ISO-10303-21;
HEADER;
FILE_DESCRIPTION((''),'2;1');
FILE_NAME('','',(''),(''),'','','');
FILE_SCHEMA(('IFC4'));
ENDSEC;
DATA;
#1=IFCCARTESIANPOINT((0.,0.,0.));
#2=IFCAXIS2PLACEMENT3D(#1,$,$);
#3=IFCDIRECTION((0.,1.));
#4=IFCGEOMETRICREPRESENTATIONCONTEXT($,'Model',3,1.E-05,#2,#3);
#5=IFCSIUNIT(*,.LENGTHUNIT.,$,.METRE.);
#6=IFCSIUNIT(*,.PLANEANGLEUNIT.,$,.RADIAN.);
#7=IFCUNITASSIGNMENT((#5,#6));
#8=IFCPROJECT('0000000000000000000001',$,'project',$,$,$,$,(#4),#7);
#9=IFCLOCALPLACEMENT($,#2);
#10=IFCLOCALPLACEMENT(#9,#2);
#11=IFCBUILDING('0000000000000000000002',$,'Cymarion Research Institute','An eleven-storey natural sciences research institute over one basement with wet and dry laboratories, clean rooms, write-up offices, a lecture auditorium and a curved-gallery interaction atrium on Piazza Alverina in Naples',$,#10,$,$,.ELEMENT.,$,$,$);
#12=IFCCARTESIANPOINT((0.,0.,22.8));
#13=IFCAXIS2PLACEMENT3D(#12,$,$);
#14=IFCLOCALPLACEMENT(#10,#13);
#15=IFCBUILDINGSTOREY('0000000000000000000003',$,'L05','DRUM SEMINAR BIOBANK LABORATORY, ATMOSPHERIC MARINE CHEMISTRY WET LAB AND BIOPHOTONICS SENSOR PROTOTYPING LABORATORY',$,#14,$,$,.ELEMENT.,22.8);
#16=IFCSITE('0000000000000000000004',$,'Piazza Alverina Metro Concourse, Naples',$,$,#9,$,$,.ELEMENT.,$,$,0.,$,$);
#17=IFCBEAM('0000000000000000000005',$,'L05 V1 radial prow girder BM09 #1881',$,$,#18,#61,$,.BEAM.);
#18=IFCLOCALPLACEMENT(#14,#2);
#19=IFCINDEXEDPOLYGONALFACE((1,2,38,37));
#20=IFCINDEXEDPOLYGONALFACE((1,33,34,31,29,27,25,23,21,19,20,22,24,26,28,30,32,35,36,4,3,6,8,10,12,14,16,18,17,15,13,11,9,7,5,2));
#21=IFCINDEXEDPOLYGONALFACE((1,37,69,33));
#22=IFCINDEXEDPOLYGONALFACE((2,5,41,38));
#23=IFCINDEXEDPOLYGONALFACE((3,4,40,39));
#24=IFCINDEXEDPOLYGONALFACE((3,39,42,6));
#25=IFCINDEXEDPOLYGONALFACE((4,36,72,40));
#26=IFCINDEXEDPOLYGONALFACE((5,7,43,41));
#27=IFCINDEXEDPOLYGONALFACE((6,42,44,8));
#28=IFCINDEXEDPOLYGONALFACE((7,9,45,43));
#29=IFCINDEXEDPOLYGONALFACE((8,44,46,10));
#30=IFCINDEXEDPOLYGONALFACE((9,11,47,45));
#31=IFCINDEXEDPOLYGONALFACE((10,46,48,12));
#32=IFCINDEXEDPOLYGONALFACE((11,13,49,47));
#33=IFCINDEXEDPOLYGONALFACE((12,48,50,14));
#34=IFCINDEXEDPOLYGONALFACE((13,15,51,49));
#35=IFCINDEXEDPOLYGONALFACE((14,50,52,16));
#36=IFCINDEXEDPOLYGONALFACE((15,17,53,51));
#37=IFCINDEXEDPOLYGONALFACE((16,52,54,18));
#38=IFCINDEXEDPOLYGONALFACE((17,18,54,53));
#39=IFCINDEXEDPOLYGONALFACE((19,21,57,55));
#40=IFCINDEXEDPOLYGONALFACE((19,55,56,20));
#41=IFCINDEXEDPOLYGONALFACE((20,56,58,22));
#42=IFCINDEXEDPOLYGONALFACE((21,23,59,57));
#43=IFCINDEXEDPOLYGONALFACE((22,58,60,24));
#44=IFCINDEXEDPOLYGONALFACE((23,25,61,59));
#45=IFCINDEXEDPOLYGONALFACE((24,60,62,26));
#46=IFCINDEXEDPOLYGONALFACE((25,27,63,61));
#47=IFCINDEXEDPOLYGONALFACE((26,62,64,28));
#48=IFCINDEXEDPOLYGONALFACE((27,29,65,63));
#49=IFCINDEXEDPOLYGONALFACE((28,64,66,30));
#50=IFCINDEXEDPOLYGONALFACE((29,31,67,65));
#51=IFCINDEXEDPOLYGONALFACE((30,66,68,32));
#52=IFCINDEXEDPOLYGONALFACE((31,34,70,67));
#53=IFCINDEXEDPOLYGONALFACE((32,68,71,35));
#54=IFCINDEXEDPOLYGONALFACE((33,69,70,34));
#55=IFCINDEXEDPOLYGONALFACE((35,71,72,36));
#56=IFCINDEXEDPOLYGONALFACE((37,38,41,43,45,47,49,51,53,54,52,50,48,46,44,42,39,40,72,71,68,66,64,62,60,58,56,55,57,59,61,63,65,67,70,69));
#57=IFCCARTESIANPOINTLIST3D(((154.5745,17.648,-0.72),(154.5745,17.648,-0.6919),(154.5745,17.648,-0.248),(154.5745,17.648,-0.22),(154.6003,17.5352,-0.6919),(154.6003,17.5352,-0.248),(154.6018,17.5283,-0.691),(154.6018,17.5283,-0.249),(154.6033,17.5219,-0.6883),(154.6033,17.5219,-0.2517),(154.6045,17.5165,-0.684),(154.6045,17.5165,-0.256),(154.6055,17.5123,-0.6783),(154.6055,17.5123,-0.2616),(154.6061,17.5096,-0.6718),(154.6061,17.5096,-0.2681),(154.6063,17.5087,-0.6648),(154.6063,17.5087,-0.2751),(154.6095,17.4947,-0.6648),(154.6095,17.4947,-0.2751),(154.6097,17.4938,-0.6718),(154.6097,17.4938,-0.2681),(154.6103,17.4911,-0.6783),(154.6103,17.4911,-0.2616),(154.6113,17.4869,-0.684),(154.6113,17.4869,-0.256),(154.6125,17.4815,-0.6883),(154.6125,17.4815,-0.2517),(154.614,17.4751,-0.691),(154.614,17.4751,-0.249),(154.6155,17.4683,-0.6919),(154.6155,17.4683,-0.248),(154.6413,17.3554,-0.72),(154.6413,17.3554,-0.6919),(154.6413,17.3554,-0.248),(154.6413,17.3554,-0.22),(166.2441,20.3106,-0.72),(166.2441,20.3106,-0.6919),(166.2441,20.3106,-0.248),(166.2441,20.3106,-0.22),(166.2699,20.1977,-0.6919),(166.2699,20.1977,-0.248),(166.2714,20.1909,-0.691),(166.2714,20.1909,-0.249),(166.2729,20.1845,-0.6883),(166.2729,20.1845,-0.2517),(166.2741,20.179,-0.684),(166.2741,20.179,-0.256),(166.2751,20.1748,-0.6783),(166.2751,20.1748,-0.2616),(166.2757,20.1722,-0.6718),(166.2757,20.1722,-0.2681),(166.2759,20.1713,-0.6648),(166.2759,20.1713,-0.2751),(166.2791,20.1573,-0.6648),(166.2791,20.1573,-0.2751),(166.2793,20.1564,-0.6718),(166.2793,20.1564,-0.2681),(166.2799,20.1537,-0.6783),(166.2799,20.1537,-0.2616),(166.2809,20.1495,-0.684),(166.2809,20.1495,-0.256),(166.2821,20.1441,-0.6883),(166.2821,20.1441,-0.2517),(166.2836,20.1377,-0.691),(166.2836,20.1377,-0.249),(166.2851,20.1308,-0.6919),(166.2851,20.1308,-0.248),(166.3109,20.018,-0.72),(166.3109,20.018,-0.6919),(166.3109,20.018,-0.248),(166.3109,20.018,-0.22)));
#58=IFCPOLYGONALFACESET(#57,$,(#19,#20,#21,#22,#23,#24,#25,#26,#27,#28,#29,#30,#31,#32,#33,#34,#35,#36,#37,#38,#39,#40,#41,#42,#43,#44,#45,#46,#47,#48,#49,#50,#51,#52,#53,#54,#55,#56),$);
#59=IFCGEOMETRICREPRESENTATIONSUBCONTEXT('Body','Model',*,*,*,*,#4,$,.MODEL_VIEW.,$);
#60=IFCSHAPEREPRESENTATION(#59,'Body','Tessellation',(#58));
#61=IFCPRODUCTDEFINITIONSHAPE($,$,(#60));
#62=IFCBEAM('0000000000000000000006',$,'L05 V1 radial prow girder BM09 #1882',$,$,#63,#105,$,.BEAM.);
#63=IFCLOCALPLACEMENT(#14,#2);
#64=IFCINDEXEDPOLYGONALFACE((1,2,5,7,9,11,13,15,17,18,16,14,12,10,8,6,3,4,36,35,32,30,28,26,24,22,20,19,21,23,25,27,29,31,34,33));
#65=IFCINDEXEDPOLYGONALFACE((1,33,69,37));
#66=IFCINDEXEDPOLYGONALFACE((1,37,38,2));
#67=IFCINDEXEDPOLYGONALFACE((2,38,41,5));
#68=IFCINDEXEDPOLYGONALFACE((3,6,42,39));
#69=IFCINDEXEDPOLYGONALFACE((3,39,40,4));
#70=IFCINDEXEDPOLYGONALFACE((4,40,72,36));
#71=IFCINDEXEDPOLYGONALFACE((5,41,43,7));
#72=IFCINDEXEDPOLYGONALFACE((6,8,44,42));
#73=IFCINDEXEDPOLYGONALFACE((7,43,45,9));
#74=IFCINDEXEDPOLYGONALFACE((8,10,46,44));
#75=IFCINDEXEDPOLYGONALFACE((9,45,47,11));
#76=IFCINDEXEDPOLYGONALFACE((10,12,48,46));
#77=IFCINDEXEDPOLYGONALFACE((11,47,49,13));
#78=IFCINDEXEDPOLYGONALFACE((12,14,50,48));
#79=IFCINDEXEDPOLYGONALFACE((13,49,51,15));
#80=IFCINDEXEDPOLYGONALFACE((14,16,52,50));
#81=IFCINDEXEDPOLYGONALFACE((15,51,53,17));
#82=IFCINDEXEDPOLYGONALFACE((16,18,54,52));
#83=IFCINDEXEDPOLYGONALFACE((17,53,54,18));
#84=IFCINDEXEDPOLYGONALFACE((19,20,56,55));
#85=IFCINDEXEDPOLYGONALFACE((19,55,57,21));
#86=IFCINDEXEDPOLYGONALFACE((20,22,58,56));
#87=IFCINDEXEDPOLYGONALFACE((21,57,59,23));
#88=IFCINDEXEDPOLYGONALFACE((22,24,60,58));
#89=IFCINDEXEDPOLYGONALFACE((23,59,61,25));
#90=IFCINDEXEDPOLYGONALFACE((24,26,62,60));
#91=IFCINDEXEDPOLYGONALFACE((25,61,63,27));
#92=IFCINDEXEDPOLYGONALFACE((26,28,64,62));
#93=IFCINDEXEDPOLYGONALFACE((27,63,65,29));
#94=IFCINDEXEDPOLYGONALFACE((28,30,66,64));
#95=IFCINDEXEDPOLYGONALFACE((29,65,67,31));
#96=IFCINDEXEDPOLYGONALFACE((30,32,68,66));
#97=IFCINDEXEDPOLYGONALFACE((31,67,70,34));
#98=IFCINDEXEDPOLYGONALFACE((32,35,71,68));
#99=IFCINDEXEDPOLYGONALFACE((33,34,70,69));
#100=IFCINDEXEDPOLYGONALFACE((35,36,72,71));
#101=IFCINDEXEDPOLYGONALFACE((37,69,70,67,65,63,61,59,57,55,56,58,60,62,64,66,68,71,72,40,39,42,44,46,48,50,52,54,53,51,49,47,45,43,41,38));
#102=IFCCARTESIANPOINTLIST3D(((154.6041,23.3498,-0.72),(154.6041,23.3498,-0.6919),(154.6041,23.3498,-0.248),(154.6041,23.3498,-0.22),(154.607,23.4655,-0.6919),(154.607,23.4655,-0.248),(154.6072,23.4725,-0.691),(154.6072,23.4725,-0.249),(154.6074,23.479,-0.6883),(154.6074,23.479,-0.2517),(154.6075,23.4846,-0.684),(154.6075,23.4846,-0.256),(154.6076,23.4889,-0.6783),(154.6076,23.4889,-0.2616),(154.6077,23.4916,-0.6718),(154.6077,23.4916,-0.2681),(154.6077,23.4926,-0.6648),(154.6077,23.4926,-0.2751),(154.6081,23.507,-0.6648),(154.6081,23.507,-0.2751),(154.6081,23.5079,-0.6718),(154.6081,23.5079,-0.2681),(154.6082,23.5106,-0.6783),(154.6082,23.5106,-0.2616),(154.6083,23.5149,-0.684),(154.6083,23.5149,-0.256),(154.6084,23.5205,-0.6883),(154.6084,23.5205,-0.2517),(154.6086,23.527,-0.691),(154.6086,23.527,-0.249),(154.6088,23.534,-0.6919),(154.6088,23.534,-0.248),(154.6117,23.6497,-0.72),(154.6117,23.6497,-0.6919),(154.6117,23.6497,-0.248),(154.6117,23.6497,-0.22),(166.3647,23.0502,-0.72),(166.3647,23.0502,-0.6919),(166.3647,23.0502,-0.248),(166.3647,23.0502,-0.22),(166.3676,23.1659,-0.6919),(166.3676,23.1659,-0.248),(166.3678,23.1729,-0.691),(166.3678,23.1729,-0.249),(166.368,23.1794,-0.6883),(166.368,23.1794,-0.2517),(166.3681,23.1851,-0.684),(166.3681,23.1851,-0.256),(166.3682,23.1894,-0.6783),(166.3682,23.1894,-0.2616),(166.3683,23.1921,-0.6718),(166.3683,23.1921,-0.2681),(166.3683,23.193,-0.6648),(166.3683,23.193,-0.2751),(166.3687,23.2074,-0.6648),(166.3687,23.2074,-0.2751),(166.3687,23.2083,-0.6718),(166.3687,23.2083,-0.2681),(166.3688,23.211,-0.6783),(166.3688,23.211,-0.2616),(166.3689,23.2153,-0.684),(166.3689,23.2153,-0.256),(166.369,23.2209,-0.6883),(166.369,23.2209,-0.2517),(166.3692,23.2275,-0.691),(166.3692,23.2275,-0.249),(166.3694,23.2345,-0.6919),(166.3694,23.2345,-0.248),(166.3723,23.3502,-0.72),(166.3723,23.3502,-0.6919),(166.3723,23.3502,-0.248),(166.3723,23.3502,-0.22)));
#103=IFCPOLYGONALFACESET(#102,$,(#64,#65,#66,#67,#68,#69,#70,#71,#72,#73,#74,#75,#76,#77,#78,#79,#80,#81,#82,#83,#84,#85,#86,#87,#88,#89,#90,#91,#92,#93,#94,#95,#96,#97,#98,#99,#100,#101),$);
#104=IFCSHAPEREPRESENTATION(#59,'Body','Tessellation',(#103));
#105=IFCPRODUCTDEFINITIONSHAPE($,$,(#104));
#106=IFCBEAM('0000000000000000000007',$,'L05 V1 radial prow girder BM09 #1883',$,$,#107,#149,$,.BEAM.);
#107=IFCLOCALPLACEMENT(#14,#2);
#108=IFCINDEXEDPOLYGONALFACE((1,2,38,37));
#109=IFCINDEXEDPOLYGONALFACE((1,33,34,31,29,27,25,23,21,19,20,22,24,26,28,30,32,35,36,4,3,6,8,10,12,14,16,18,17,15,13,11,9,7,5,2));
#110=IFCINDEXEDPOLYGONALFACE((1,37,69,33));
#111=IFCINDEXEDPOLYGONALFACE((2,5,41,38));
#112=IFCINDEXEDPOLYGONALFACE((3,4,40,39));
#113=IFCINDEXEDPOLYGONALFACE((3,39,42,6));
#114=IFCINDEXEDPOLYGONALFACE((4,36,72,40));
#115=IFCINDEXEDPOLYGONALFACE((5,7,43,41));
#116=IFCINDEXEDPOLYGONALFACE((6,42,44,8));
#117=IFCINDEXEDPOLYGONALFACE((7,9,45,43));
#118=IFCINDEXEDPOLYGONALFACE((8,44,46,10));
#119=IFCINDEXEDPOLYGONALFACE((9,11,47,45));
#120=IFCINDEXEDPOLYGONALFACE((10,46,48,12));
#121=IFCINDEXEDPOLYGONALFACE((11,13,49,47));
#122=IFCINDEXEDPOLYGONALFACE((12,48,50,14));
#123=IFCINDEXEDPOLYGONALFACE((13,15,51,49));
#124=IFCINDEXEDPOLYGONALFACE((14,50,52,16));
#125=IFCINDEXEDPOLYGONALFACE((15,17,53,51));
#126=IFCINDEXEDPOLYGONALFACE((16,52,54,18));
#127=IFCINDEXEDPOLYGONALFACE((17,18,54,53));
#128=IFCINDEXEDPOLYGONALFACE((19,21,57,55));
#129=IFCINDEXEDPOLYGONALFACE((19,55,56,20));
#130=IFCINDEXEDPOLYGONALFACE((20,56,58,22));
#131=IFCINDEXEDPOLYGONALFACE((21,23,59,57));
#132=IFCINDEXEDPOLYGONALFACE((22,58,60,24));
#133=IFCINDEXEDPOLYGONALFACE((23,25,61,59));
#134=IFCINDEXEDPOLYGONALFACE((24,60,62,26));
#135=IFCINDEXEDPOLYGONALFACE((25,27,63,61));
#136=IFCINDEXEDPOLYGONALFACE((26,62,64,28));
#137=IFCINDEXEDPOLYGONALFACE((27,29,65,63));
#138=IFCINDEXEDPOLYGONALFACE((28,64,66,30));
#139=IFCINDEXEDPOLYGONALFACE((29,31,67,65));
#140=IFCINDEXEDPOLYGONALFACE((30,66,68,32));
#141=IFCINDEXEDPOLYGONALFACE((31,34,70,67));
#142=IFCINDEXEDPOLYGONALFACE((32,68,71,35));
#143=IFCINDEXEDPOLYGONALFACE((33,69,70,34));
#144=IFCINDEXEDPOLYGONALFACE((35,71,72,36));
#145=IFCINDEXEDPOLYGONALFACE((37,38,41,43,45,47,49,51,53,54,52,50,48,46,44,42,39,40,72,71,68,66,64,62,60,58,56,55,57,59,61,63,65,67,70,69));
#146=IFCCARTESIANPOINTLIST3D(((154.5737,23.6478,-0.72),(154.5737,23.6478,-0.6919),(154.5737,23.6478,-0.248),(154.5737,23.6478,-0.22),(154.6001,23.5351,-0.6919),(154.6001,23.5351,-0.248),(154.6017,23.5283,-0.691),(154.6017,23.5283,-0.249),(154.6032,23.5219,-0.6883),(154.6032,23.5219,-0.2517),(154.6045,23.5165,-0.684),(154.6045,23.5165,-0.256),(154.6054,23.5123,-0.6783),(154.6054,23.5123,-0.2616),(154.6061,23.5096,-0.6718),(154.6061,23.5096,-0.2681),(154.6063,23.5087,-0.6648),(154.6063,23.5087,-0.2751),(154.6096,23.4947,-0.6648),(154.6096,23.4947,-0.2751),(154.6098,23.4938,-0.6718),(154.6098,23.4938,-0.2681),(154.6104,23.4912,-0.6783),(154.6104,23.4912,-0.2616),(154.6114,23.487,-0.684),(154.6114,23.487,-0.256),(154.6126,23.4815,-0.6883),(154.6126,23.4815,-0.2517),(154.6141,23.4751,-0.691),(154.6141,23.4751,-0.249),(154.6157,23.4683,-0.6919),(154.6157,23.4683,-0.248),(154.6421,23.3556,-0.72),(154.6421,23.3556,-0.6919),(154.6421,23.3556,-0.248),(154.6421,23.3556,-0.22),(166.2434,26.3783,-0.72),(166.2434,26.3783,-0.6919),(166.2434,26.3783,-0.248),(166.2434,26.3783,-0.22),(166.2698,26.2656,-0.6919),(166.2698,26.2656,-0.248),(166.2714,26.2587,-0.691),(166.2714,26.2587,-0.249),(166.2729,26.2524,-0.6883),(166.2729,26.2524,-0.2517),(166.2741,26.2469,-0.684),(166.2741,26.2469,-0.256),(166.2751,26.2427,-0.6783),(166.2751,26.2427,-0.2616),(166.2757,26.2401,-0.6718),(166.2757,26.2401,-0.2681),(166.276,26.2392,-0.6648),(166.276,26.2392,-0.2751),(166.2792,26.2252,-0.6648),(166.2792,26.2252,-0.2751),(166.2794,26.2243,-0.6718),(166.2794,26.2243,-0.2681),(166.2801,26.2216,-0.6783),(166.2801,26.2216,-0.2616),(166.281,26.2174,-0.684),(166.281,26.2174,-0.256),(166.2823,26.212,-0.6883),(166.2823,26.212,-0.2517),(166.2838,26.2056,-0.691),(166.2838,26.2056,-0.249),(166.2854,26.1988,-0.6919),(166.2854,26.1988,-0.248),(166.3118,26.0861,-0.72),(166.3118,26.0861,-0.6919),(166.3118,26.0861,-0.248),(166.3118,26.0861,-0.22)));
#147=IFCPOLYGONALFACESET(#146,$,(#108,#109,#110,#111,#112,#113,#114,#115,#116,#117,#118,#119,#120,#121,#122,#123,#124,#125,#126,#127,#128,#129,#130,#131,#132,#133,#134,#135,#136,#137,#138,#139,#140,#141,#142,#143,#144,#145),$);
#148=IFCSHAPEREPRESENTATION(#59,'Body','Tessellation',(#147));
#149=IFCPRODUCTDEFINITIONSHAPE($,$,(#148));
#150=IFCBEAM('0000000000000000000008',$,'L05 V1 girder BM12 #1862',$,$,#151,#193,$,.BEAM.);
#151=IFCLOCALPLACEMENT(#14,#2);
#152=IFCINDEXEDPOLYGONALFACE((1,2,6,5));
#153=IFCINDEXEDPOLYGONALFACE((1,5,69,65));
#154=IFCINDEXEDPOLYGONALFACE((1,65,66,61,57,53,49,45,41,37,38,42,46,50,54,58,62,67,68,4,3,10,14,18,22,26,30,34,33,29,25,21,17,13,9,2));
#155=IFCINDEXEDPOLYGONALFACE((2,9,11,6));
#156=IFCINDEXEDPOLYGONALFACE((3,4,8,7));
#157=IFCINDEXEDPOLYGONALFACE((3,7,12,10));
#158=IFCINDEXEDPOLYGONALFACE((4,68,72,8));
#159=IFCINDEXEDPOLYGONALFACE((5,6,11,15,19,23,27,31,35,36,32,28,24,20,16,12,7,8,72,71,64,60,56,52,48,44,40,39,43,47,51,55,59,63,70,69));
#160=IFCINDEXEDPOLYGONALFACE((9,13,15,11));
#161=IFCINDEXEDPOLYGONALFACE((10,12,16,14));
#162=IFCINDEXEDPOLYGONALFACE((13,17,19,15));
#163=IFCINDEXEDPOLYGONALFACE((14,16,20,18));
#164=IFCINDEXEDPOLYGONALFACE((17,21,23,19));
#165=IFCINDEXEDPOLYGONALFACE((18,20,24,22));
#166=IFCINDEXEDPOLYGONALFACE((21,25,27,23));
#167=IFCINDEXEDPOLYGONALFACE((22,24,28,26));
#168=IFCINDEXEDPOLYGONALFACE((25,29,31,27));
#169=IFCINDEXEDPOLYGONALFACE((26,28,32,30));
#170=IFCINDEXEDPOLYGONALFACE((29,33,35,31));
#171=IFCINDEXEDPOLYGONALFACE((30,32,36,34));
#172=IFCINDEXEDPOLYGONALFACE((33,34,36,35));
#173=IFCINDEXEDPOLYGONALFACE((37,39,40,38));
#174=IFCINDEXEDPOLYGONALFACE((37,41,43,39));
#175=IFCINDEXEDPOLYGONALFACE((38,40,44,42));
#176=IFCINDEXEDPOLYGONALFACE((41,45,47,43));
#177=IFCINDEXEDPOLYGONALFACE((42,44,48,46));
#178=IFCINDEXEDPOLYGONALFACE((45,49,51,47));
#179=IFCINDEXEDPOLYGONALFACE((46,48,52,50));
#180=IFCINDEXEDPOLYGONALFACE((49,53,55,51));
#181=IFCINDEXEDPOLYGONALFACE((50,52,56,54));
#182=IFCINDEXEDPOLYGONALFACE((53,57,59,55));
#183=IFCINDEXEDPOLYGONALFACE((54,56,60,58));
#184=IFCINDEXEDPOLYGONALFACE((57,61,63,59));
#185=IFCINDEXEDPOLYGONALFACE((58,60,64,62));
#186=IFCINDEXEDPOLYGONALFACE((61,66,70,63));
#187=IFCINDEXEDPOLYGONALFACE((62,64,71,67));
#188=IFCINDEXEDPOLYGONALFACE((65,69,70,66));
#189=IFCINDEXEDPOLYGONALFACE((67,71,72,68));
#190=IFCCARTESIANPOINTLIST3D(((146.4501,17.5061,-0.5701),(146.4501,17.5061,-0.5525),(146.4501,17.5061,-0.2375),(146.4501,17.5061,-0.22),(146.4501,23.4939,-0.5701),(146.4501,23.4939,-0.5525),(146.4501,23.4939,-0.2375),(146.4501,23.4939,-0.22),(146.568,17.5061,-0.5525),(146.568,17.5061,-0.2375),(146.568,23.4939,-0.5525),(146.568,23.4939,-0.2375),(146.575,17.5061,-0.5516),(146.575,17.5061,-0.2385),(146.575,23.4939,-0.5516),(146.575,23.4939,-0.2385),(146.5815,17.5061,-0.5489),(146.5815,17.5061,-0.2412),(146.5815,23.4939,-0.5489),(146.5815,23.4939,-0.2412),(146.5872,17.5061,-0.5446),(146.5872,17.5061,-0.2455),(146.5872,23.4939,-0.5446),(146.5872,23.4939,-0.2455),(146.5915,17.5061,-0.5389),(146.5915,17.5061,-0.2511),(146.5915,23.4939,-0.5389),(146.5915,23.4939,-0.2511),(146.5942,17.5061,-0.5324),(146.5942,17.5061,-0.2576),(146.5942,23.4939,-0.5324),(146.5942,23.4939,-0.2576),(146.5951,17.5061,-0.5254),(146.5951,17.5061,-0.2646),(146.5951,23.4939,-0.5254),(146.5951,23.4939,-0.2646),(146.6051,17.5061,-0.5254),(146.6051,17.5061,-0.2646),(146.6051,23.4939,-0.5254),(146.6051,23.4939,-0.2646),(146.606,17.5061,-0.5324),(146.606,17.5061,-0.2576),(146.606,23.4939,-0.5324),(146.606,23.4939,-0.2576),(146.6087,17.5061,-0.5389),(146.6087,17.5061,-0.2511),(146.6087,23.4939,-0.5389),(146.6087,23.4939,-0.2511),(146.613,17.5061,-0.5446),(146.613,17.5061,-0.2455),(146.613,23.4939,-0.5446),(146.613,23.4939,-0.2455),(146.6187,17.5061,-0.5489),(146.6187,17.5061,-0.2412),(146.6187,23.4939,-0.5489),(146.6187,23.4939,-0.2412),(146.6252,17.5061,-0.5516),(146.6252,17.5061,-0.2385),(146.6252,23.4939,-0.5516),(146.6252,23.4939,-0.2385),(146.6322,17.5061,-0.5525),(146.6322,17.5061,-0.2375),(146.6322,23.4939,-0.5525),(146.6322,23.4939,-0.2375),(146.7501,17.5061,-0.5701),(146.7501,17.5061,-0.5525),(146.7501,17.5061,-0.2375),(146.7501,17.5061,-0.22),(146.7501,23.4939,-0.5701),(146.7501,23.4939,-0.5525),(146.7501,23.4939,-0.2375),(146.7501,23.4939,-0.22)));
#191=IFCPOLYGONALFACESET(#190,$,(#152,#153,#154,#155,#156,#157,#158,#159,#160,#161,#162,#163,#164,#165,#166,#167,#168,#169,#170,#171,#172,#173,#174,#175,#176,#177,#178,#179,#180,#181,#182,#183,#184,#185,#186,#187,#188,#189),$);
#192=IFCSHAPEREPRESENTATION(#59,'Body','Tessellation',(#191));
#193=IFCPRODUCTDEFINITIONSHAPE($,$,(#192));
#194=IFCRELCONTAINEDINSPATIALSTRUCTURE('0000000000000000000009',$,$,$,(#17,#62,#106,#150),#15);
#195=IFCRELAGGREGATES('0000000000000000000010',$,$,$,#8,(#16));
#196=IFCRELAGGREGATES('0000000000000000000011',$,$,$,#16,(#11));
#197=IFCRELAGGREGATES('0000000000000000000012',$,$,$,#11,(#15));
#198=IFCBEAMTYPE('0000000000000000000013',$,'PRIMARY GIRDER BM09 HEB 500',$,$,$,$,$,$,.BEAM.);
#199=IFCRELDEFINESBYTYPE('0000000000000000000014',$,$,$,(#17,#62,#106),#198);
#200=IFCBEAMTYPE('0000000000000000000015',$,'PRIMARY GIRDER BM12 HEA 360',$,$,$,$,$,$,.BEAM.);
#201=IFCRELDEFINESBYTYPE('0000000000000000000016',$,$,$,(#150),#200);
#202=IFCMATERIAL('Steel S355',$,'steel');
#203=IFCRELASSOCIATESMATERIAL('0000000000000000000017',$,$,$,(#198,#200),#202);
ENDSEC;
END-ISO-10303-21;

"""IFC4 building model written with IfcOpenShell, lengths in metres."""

from ifc_helpers import new_model, si_unit, direction, frame, origin, origin_2d, place, context, subcontext, project, spatial, i_section, extrude, material, material_profile, profile_set, type_object, element, save


model = new_model("IFC4")

# Units and contexts
model_context = context("Model", 3, precision=1e-05, world=origin(), true_north=direction((0.0, 1.0)))
body_context = subcontext(model_context, "Body", "Model", "MODEL_VIEW")
ifc_project = project(units=[si_unit("LENGTHUNIT", "METRE"), si_unit("PLANEANGLEUNIT", "RADIAN")], contexts=[model_context])

# Site, building, storey
site_placement = place(None, origin())
site = spatial("IfcSite", under=ifc_project, at=site_placement, Name="Piazza Alverina Metro Concourse, Naples", CompositionType="ELEMENT", RefElevation=0.0)
building_placement = place(site_placement, origin())
building = spatial("IfcBuilding", under=site, at=building_placement, Name="Cymarion Research Institute", Description="An eleven-storey natural sciences research institute over one basement with wet and dry laboratories, clean rooms, write-up offices, a lecture auditorium and a curved-gallery interaction atrium on Piazza Alverina in Naples", CompositionType="ELEMENT")
storey_placement = place(building_placement, frame((0.0, 0.0, 22.8)))
storey = spatial("IfcBuildingStorey", under=building, at=storey_placement, Name="L05", Description="DRUM SEMINAR BIOBANK LABORATORY, ATMOSPHERIC MARINE CHEMISTRY WET LAB AND BIOPHOTONICS SENSOR PROTOTYPING LABORATORY", CompositionType="ELEMENT", Elevation=22.8)

# Shared definitions
ifc_material_1 = material(Name="Steel S355", Category="steel")

# Beams
ifc_material_profile_1 = material_profile(ifc_material_1, i_section(OverallWidth=0.3, OverallDepth=0.5, WebThickness=0.0144, FlangeThickness=0.0281, FilletRadius=0.0271, at=origin_2d()), Name="HEB 500")
ifc_profile_set_1 = profile_set([ifc_material_profile_1], Name="Steel S355")
beam_type_1 = type_object("IfcBeamType", Name="PRIMARY GIRDER BM09 HEB 500", PredefinedType="BEAM", material=ifc_profile_set_1)
beam_1_placement = place(storey_placement, frame((154.6079, 17.5017, -0.47), z_axis=(0.974945, 0.222447, 0.0), x_axis=(-0.222447, 0.974945, 0.0)))
element("IfcBeam", 1, at=beam_1_placement, inside=storey, type_object=beam_type_1, Name="L05 V1 radial prow girder BM09 #1881", PredefinedType="BEAM", context=body_context, shape_type="SweptSolid", body=[
    extrude(i_section(OverallWidth=0.3, OverallDepth=0.5, WebThickness=0.0144, FlangeThickness=0.0281, FilletRadius=0.0271, at=origin_2d()), origin(), (0.0, 0.0, 1.0), 11.9695),
])
beam_2_placement = place(storey_placement, frame((154.6079, 23.4998, -0.47), z_axis=(0.999676, -0.025463, 0.0), x_axis=(0.025463, 0.999676, 0.0)))
element("IfcBeam", 2, at=beam_2_placement, inside=storey, type_object=beam_type_1, Name="L05 V1 radial prow girder BM09 #1882", PredefinedType="BEAM", context=body_context, shape_type="SweptSolid", body=[
    extrude(i_section(OverallWidth=0.3, OverallDepth=0.5, WebThickness=0.0144, FlangeThickness=0.0281, FilletRadius=0.0271, at=origin_2d()), origin(), (0.0, 0.0, 1.0), 11.7644),
])
beam_3_placement = place(storey_placement, frame((154.6079, 23.5017, -0.47), z_axis=(0.973702, 0.227827, 0.0), x_axis=(-0.227827, 0.973702, 0.0)))
element("IfcBeam", 3, at=beam_3_placement, inside=storey, type_object=beam_type_1, Name="L05 V1 radial prow girder BM09 #1883", PredefinedType="BEAM", context=body_context, shape_type="SweptSolid", body=[
    extrude(i_section(OverallWidth=0.3, OverallDepth=0.5, WebThickness=0.0144, FlangeThickness=0.0281, FilletRadius=0.0271, at=origin_2d()), origin(), (0.0, 0.0, 1.0), 11.9849),
])
ifc_material_profile_2 = material_profile(ifc_material_1, i_section(OverallWidth=0.3, OverallDepth=0.3501, WebThickness=0.01, FlangeThickness=0.0176, FilletRadius=0.0271, at=origin_2d()), Name="HEA 360")
ifc_profile_set_2 = profile_set([ifc_material_profile_2], Name="Steel S355")
beam_type_2 = type_object("IfcBeamType", Name="PRIMARY GIRDER BM12 HEA 360", PredefinedType="BEAM", material=ifc_profile_set_2)
for number, where, z_axis, x_axis, name in (
    (4, (146.6001, 17.5061, -0.395), (0.0, 1.0, 0.0), (-1.0, 0.0, 0.0), "L05 V1 girder BM12 #1862"),
):
    element("IfcBeam", number, at=place(storey_placement, frame(where, z_axis=z_axis, x_axis=x_axis)), inside=storey, type_object=beam_type_2, Name=name, PredefinedType="BEAM", context=body_context, shape_type="SweptSolid", body=[
        extrude(i_section(OverallWidth=0.3, OverallDepth=0.3501, WebThickness=0.01, FlangeThickness=0.0176, FilletRadius=0.0271, at=origin_2d()), origin(), (0.0, 0.0, 1.0), 5.9878),
    ])

save(model, "model.ifc")
